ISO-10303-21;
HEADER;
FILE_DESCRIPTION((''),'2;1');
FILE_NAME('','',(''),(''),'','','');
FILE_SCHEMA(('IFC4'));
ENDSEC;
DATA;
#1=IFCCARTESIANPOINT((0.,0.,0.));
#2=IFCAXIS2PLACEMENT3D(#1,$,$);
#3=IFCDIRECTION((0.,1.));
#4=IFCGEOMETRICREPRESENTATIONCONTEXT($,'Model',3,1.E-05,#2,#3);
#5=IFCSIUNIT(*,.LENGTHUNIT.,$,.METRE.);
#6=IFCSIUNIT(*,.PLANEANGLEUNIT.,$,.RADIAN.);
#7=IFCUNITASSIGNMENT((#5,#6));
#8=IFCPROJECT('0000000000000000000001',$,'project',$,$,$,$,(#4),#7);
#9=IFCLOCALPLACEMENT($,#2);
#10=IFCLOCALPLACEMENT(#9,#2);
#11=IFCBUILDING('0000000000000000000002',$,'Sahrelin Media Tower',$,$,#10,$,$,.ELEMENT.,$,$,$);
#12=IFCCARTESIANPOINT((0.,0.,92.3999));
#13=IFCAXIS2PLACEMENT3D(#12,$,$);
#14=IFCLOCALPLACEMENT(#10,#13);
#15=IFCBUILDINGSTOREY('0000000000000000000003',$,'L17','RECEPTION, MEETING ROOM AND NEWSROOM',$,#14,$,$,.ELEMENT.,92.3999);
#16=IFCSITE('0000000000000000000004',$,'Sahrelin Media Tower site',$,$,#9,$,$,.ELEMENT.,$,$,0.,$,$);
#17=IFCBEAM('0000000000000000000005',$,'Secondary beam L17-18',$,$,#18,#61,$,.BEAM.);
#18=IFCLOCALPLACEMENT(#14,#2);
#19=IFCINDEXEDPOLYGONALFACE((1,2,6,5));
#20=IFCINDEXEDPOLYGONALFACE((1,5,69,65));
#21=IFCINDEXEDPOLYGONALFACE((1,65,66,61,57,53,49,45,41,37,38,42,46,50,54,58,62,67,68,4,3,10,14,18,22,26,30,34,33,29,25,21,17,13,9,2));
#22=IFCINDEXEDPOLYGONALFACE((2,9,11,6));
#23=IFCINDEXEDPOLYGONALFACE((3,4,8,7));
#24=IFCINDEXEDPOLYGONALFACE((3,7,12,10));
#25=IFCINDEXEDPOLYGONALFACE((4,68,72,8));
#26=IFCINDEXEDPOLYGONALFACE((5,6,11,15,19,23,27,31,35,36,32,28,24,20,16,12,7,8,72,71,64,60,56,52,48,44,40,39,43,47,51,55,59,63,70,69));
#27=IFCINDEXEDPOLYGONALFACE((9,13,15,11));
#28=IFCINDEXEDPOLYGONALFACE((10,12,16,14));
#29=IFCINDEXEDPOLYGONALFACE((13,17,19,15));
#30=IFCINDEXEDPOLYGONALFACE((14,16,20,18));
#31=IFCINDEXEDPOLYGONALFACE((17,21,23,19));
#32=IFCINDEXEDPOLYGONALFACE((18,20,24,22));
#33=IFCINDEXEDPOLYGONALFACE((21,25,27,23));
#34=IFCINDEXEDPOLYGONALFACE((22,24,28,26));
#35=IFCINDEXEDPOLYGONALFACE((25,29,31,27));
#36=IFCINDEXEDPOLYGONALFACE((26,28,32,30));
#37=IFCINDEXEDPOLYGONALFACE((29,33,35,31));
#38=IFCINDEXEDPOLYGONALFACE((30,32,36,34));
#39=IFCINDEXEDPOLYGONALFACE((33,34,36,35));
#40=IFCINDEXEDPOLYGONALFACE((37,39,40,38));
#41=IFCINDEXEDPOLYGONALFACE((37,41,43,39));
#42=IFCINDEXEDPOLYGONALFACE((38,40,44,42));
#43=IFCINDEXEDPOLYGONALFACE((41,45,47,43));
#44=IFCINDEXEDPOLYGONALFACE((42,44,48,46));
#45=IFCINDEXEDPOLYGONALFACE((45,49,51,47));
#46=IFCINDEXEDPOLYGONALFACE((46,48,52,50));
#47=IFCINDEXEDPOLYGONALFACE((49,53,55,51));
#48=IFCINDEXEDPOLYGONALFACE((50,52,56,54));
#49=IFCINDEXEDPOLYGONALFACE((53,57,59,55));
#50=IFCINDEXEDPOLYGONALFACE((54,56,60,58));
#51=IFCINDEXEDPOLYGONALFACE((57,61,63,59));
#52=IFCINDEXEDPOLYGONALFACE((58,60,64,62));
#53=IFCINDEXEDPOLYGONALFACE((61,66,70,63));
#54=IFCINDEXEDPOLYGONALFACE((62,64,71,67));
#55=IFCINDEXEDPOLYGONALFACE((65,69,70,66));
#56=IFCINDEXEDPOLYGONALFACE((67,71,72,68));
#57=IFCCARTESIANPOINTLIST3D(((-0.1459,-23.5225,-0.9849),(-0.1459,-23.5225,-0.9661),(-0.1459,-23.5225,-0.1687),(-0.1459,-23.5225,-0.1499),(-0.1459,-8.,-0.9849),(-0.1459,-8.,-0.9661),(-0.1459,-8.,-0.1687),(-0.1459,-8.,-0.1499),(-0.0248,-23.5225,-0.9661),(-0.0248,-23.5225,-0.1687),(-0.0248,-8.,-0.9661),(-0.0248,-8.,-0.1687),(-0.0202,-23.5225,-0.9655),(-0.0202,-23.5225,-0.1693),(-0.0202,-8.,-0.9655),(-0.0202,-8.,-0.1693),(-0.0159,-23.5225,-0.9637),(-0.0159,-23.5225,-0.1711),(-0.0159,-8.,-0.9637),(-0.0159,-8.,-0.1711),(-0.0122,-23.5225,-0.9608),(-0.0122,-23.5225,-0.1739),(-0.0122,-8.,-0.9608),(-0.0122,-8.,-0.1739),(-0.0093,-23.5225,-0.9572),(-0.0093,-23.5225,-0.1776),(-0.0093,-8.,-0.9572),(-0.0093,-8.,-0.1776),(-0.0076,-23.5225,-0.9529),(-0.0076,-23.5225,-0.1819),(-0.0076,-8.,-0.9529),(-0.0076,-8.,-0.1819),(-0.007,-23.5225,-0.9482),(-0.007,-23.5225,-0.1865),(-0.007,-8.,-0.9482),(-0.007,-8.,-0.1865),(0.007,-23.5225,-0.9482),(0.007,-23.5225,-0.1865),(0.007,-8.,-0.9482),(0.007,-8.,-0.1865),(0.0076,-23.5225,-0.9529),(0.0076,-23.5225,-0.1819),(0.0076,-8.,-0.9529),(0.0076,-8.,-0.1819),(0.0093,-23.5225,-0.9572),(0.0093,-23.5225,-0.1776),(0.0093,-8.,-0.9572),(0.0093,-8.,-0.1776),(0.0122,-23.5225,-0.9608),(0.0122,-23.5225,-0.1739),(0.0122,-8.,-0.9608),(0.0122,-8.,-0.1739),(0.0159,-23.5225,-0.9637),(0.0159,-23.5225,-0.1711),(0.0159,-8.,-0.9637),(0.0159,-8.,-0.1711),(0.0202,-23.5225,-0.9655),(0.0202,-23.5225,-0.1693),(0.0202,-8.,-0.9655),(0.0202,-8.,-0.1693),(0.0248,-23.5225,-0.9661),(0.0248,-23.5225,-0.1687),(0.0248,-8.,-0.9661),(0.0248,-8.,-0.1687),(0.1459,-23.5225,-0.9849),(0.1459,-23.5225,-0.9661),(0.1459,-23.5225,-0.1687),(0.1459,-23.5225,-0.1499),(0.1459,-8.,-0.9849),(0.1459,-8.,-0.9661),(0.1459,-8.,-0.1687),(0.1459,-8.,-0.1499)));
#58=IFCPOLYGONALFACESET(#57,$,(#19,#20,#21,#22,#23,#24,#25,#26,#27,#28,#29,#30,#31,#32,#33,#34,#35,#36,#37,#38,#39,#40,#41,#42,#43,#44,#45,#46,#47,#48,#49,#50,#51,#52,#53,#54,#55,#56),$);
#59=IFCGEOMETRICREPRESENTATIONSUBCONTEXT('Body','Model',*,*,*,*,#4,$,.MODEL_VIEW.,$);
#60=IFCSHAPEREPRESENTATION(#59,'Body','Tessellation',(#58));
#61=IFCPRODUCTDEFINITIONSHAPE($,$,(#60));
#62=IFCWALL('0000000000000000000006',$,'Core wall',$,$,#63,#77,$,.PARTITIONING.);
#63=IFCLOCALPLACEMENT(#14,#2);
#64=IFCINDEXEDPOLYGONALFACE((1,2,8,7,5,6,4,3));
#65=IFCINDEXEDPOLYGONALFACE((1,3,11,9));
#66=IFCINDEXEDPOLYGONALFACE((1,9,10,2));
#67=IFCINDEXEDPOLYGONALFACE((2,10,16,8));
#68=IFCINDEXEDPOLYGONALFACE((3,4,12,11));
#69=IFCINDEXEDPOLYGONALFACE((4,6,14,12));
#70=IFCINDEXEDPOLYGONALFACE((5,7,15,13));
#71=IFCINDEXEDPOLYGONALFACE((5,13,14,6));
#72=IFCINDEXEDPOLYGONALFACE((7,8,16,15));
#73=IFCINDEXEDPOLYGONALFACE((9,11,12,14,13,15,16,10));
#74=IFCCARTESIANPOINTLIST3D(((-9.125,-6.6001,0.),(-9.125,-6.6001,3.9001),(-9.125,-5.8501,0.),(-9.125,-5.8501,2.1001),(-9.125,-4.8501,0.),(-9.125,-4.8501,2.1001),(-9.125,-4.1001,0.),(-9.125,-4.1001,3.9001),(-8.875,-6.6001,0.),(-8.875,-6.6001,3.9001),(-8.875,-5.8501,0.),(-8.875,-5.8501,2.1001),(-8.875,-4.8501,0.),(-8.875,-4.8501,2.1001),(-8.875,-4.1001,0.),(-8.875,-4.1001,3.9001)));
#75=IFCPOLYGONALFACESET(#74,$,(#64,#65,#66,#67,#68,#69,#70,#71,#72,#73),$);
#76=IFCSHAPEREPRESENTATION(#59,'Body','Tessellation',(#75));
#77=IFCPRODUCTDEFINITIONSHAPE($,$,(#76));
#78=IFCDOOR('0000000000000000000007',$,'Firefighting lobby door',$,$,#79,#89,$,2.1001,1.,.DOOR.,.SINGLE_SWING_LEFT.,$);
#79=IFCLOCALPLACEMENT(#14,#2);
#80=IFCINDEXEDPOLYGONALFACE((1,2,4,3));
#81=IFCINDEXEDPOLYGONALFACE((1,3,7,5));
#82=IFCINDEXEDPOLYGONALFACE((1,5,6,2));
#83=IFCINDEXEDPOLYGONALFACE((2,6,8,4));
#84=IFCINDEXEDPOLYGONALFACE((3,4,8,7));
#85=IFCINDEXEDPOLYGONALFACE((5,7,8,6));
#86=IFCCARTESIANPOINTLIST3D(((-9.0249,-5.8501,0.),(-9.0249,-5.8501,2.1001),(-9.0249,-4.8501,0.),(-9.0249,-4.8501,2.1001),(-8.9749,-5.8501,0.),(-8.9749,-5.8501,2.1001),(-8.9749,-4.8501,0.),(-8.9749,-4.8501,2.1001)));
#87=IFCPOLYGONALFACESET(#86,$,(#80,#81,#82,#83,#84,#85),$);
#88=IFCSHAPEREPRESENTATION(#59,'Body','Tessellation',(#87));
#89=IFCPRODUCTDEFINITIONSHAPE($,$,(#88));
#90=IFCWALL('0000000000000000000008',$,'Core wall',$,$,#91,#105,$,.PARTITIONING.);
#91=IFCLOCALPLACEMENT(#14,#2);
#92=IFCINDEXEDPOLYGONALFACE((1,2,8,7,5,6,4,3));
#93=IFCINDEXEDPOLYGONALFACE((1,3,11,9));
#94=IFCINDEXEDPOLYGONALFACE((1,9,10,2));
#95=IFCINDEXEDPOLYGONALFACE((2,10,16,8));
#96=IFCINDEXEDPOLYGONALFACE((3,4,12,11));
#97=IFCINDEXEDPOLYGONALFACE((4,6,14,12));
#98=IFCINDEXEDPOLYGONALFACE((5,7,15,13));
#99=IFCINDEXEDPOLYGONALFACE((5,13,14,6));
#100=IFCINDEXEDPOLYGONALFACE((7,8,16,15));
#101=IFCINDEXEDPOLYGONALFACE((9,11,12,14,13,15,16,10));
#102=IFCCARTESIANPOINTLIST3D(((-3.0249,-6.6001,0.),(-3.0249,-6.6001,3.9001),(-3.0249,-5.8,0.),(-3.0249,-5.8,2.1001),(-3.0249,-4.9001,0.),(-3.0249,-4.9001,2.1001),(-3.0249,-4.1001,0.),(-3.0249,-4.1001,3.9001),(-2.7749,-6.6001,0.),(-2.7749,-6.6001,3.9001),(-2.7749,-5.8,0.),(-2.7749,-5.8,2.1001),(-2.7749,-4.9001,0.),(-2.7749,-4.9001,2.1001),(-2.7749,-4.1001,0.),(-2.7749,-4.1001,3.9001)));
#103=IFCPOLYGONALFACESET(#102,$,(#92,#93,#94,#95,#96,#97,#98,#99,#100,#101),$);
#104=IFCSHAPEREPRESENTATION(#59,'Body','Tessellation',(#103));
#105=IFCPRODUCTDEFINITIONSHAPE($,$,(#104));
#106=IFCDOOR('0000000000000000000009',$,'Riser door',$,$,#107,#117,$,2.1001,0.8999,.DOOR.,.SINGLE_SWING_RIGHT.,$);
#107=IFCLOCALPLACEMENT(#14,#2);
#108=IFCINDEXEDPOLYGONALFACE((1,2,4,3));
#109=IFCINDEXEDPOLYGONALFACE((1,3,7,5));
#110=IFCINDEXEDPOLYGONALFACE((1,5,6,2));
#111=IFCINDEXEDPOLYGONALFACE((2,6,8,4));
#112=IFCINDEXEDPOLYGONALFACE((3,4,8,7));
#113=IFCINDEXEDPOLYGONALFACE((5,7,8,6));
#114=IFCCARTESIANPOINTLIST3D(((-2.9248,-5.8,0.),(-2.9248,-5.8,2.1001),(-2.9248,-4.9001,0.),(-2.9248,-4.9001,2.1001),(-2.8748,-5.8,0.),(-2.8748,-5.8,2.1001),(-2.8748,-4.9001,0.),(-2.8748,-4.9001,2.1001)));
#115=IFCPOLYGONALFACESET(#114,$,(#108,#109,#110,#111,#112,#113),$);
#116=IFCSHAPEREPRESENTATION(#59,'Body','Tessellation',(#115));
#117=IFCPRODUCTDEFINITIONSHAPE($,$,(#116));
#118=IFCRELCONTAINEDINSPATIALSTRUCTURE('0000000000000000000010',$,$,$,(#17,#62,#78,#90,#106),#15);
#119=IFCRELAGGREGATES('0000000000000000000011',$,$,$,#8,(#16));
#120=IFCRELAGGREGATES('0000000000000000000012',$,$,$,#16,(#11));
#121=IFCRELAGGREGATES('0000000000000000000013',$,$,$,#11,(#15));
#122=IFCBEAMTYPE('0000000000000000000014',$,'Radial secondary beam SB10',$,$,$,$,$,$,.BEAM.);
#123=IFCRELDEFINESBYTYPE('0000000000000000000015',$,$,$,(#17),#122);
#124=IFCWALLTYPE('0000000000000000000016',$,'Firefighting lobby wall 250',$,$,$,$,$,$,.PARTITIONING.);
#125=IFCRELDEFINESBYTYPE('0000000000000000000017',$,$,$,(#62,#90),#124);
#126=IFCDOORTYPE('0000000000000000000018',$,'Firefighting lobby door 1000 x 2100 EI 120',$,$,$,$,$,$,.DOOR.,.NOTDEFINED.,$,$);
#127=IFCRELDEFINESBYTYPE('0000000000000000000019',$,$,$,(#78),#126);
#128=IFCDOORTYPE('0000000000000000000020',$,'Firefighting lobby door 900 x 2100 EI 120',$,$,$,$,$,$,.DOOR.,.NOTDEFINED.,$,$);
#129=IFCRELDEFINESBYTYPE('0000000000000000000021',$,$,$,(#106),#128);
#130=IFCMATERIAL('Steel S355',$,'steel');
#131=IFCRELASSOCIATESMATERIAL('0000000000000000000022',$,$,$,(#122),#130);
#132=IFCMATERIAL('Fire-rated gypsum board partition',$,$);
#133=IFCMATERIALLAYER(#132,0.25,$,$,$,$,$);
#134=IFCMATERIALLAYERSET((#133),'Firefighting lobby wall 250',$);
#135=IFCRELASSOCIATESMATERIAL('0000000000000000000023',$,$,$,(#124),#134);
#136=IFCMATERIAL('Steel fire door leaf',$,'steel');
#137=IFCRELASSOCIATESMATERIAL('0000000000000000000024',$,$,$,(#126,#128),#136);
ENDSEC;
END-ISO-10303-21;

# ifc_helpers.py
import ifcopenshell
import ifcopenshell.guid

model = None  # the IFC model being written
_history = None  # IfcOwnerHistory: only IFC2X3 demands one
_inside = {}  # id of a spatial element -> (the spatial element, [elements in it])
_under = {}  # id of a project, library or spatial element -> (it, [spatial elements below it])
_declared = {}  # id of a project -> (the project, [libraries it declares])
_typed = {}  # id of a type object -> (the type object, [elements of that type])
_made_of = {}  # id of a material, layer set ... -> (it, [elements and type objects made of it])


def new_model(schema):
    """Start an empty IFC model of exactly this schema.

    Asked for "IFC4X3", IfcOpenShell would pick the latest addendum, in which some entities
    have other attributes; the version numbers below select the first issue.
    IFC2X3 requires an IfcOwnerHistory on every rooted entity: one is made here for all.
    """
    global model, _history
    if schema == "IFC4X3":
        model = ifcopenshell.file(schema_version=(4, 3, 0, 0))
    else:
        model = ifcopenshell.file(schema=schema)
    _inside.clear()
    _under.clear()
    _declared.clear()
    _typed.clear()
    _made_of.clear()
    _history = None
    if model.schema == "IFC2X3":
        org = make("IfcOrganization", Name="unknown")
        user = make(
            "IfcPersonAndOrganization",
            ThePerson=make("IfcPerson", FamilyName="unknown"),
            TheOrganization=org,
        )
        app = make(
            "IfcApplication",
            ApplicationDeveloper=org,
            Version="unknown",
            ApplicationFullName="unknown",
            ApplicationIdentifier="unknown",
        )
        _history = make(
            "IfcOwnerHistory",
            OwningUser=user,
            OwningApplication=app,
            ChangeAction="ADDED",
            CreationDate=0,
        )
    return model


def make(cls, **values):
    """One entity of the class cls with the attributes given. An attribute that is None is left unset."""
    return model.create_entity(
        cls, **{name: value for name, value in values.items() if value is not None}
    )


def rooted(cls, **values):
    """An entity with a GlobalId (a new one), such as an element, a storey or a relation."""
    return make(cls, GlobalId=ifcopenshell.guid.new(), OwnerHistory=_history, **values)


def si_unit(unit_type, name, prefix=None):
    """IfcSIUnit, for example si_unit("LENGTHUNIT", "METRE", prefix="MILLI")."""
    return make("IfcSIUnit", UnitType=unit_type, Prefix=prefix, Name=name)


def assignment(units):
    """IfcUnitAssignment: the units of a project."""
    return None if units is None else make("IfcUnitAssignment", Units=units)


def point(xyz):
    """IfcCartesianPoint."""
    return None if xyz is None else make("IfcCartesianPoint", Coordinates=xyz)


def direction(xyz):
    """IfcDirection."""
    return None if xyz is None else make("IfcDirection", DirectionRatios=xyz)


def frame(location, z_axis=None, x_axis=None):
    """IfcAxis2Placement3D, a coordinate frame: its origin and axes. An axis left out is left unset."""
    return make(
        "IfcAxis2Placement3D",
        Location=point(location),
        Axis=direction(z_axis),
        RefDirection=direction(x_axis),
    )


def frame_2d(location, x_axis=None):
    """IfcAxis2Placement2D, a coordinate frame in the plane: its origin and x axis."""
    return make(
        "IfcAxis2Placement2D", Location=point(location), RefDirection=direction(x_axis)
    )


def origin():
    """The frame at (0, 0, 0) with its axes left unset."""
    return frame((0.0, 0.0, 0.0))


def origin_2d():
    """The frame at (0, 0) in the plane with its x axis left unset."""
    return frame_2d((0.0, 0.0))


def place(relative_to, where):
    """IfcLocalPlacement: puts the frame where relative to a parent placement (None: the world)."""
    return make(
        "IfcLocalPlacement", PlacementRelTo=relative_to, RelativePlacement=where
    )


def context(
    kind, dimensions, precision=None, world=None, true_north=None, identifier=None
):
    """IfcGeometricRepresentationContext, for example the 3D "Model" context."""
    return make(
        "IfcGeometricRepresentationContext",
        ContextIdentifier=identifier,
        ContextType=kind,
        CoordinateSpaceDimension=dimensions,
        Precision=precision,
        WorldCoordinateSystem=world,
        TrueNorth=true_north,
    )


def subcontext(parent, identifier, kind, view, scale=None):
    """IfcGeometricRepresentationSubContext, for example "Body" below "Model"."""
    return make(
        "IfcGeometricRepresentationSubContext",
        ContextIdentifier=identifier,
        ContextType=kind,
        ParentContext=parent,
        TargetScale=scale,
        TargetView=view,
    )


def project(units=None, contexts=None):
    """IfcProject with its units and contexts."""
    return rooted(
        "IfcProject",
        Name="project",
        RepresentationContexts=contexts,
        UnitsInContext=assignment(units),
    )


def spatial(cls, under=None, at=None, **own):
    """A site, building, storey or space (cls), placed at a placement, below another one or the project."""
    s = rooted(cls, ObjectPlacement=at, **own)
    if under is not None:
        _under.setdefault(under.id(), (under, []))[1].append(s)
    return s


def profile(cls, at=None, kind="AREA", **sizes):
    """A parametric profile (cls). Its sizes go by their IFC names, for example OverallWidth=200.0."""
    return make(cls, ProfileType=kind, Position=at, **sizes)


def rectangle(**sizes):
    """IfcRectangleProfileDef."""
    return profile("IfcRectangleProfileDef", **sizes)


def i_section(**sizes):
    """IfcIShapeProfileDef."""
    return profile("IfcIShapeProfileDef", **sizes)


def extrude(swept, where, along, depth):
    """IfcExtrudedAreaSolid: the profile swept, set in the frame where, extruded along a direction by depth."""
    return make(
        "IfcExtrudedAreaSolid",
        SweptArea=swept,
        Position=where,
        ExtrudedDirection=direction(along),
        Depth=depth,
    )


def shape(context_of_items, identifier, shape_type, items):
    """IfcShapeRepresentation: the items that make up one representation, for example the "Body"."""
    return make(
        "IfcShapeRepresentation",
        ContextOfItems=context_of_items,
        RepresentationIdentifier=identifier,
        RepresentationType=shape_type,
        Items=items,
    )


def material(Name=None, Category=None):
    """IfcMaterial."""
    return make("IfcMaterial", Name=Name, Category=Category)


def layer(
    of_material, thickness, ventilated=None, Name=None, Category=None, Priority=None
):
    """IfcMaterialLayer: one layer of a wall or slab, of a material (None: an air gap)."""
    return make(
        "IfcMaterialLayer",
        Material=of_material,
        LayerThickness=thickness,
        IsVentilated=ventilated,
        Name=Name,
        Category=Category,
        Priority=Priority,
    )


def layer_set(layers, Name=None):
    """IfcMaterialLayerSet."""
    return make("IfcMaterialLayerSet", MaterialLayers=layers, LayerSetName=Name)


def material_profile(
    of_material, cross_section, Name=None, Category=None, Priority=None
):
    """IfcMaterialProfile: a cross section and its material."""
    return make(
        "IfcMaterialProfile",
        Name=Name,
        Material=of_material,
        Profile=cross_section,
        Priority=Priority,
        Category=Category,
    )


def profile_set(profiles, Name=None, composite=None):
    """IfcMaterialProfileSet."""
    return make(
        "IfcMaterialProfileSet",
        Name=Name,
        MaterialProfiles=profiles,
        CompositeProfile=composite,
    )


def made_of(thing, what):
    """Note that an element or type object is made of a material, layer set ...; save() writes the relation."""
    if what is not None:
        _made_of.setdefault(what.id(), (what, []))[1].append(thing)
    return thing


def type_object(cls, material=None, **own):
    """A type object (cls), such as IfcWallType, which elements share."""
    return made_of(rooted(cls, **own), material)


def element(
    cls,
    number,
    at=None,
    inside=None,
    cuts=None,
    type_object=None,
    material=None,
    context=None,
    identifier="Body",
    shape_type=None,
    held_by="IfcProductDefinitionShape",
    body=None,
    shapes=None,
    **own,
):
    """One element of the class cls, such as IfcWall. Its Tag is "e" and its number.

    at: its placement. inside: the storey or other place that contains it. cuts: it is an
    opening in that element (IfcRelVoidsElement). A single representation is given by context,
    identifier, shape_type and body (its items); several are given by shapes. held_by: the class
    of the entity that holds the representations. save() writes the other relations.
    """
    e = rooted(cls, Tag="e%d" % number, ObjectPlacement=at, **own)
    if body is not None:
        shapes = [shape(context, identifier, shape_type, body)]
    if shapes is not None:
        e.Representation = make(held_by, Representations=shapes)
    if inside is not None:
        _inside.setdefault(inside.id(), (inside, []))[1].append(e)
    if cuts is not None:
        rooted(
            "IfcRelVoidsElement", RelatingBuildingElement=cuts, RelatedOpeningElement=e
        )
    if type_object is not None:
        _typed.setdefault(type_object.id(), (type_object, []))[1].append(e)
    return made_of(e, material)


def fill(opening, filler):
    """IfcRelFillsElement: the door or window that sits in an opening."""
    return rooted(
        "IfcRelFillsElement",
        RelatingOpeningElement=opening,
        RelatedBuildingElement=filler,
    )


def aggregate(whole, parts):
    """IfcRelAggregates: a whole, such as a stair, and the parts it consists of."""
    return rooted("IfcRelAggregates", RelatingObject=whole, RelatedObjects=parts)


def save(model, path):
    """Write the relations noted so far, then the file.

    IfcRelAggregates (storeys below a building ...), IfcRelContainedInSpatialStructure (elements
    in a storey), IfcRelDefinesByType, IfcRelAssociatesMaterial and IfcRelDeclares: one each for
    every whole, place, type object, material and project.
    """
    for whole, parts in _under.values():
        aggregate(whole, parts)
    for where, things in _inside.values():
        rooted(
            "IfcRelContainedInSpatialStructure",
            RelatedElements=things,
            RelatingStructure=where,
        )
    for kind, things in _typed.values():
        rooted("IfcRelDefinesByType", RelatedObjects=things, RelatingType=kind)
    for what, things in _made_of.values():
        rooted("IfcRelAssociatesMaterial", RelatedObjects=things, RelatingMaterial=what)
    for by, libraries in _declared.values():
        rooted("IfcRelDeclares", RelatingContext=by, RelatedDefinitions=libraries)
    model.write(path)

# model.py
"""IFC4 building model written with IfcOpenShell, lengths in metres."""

from ifc_helpers import new_model, si_unit, direction, frame, frame_2d, origin, origin_2d, place, context, subcontext, project, spatial, rectangle, i_section, extrude, material, layer, layer_set, material_profile, profile_set, type_object, element, fill, save


model = new_model("IFC4")

# Units and contexts
model_context = context("Model", 3, precision=1e-05, world=origin(), true_north=direction((0.0, 1.0)))
body_context = subcontext(model_context, "Body", "Model", "MODEL_VIEW")
ifc_project = project(units=[si_unit("LENGTHUNIT", "METRE"), si_unit("PLANEANGLEUNIT", "RADIAN")], contexts=[model_context])

# Site, building, storey
site_placement = place(None, origin())
site = spatial("IfcSite", under=ifc_project, at=site_placement, Name="Sahrelin Media Tower site", CompositionType="ELEMENT", RefElevation=0.0)
building_placement = place(site_placement, origin())
building = spatial("IfcBuilding", under=site, at=building_placement, Name="Sahrelin Media Tower", CompositionType="ELEMENT")
storey_placement = place(building_placement, frame((0.0, 0.0, 92.3999)))
storey = spatial("IfcBuildingStorey", under=building, at=storey_placement, Name="L17", Description="RECEPTION, MEETING ROOM AND NEWSROOM", CompositionType="ELEMENT", Elevation=92.3999)

# Beam
ifc_material_1 = material(Name="Steel S355", Category="steel")
ifc_material_profile_1 = material_profile(ifc_material_1, i_section(OverallWidth=0.2917, OverallDepth=0.835, WebThickness=0.0139, FlangeThickness=0.0188, FilletRadius=0.0178, at=origin_2d()), Name="UB 838x292x176")
ifc_profile_set_1 = profile_set([ifc_material_profile_1], Name="Steel S355")
beam_type_1 = type_object("IfcBeamType", Name="Radial secondary beam SB10", PredefinedType="BEAM", material=ifc_profile_set_1)
beam_1_placement = place(storey_placement, frame((0.0, -8.0, -0.5674), z_axis=(0.0, -1.0, 0.0), x_axis=(1.0, 0.0, 0.0)))
element("IfcBeam", 1, at=beam_1_placement, inside=storey, type_object=beam_type_1, Name="Secondary beam L17-18", PredefinedType="BEAM", context=body_context, shape_type="SweptSolid", body=[
    extrude(i_section(OverallWidth=0.2917, OverallDepth=0.835, WebThickness=0.0139, FlangeThickness=0.0188, FilletRadius=0.0178, at=origin_2d()), origin(), (0.0, 0.0, 1.0), 15.5225),
])

# Walls, openings, doors
ifc_material_2 = material(Name="Fire-rated gypsum board partition")
ifc_layer_1 = layer(ifc_material_2, 0.25)
ifc_layer_set_1 = layer_set([ifc_layer_1], Name="Firefighting lobby wall 250")
wall_type_1 = type_object("IfcWallType", Name="Firefighting lobby wall 250", PredefinedType="PARTITIONING", material=ifc_layer_set_1)
wall_1_placement = place(storey_placement, frame((-9.0, -6.6001, 0.0), z_axis=(0.0, 0.0, 1.0), x_axis=(0.0, 1.0, 0.0)))
wall_1 = element("IfcWall", 2, at=wall_1_placement, inside=storey, type_object=wall_type_1, Name="Core wall", PredefinedType="PARTITIONING", context=body_context, shape_type="SweptSolid", body=[
    extrude(rectangle(XDim=2.5, YDim=0.25, at=frame_2d((1.25, 0.0))), origin(), (0.0, 0.0, 1.0), 3.9001),
])
opening_1_placement = place(wall_1_placement, frame((0.75, 0.0, 0.0)))
opening_1 = element("IfcOpeningElement", 3, at=opening_1_placement, cuts=wall_1, PredefinedType="OPENING", context=body_context, shape_type="SweptSolid", body=[
    extrude(rectangle(XDim=1.0, YDim=2.1001, at=frame_2d((0.5, 1.05))), frame((0.0, 0.125, 0.0), z_axis=(0.0, -1.0, 0.0), x_axis=(1.0, 0.0, 0.0)), (0.0, 0.0, 1.0), 0.25),
])
ifc_material_3 = material(Name="Steel fire door leaf", Category="steel")
door_type_1 = type_object("IfcDoorType", Name="Firefighting lobby door 1000 x 2100 EI 120", OperationType="NOTDEFINED", PredefinedType="DOOR", material=ifc_material_3)
door_1_placement = place(opening_1_placement, origin())
door_1 = element("IfcDoor", 4, at=door_1_placement, inside=storey, type_object=door_type_1, Name="Firefighting lobby door", OperationType="SINGLE_SWING_LEFT", OverallHeight=2.1001, OverallWidth=1.0, PredefinedType="DOOR", context=body_context, shape_type="SweptSolid", body=[
    extrude(rectangle(XDim=1.0, YDim=2.1001, at=frame_2d((0.5, 1.05))), frame((0.0, 0.0249, 0.0), z_axis=(0.0, -1.0, 0.0), x_axis=(1.0, 0.0, 0.0)), (0.0, 0.0, 1.0), 0.05),
])
fill(opening_1, door_1)
wall_2_placement = place(storey_placement, frame((-2.8999, -6.6001, 0.0), z_axis=(0.0, 0.0, 1.0), x_axis=(0.0, 1.0, 0.0)))
wall_2 = element("IfcWall", 5, at=wall_2_placement, inside=storey, type_object=wall_type_1, Name="Core wall", PredefinedType="PARTITIONING", context=body_context, shape_type="SweptSolid", body=[
    extrude(rectangle(XDim=2.5, YDim=0.25, at=frame_2d((1.25, 0.0))), origin(), (0.0, 0.0, 1.0), 3.9001),
])
opening_2_placement = place(wall_2_placement, frame((0.8, 0.0, 0.0)))
opening_2 = element("IfcOpeningElement", 6, at=opening_2_placement, cuts=wall_2, PredefinedType="OPENING", context=body_context, shape_type="SweptSolid", body=[
    extrude(rectangle(XDim=0.8999, YDim=2.1001, at=frame_2d((0.45, 1.05))), frame((0.0, 0.125, 0.0), z_axis=(0.0, -1.0, 0.0), x_axis=(1.0, 0.0, 0.0)), (0.0, 0.0, 1.0), 0.25),
])
door_type_2 = type_object("IfcDoorType", Name="Firefighting lobby door 900 x 2100 EI 120", OperationType="NOTDEFINED", PredefinedType="DOOR", material=ifc_material_3)
door_2_placement = place(opening_2_placement, origin())
door_2 = element("IfcDoor", 7, at=door_2_placement, inside=storey, type_object=door_type_2, Name="Riser door", OperationType="SINGLE_SWING_RIGHT", OverallHeight=2.1001, OverallWidth=0.8999, PredefinedType="DOOR", context=body_context, shape_type="SweptSolid", body=[
    extrude(rectangle(XDim=0.8999, YDim=2.1001, at=frame_2d((0.45, 1.05))), frame((0.0, 0.0249, 0.0), z_axis=(0.0, -1.0, 0.0), x_axis=(1.0, 0.0, 0.0)), (0.0, 0.0, 1.0), 0.05),
])
fill(opening_2, door_2)

save(model, "model.ifc")
